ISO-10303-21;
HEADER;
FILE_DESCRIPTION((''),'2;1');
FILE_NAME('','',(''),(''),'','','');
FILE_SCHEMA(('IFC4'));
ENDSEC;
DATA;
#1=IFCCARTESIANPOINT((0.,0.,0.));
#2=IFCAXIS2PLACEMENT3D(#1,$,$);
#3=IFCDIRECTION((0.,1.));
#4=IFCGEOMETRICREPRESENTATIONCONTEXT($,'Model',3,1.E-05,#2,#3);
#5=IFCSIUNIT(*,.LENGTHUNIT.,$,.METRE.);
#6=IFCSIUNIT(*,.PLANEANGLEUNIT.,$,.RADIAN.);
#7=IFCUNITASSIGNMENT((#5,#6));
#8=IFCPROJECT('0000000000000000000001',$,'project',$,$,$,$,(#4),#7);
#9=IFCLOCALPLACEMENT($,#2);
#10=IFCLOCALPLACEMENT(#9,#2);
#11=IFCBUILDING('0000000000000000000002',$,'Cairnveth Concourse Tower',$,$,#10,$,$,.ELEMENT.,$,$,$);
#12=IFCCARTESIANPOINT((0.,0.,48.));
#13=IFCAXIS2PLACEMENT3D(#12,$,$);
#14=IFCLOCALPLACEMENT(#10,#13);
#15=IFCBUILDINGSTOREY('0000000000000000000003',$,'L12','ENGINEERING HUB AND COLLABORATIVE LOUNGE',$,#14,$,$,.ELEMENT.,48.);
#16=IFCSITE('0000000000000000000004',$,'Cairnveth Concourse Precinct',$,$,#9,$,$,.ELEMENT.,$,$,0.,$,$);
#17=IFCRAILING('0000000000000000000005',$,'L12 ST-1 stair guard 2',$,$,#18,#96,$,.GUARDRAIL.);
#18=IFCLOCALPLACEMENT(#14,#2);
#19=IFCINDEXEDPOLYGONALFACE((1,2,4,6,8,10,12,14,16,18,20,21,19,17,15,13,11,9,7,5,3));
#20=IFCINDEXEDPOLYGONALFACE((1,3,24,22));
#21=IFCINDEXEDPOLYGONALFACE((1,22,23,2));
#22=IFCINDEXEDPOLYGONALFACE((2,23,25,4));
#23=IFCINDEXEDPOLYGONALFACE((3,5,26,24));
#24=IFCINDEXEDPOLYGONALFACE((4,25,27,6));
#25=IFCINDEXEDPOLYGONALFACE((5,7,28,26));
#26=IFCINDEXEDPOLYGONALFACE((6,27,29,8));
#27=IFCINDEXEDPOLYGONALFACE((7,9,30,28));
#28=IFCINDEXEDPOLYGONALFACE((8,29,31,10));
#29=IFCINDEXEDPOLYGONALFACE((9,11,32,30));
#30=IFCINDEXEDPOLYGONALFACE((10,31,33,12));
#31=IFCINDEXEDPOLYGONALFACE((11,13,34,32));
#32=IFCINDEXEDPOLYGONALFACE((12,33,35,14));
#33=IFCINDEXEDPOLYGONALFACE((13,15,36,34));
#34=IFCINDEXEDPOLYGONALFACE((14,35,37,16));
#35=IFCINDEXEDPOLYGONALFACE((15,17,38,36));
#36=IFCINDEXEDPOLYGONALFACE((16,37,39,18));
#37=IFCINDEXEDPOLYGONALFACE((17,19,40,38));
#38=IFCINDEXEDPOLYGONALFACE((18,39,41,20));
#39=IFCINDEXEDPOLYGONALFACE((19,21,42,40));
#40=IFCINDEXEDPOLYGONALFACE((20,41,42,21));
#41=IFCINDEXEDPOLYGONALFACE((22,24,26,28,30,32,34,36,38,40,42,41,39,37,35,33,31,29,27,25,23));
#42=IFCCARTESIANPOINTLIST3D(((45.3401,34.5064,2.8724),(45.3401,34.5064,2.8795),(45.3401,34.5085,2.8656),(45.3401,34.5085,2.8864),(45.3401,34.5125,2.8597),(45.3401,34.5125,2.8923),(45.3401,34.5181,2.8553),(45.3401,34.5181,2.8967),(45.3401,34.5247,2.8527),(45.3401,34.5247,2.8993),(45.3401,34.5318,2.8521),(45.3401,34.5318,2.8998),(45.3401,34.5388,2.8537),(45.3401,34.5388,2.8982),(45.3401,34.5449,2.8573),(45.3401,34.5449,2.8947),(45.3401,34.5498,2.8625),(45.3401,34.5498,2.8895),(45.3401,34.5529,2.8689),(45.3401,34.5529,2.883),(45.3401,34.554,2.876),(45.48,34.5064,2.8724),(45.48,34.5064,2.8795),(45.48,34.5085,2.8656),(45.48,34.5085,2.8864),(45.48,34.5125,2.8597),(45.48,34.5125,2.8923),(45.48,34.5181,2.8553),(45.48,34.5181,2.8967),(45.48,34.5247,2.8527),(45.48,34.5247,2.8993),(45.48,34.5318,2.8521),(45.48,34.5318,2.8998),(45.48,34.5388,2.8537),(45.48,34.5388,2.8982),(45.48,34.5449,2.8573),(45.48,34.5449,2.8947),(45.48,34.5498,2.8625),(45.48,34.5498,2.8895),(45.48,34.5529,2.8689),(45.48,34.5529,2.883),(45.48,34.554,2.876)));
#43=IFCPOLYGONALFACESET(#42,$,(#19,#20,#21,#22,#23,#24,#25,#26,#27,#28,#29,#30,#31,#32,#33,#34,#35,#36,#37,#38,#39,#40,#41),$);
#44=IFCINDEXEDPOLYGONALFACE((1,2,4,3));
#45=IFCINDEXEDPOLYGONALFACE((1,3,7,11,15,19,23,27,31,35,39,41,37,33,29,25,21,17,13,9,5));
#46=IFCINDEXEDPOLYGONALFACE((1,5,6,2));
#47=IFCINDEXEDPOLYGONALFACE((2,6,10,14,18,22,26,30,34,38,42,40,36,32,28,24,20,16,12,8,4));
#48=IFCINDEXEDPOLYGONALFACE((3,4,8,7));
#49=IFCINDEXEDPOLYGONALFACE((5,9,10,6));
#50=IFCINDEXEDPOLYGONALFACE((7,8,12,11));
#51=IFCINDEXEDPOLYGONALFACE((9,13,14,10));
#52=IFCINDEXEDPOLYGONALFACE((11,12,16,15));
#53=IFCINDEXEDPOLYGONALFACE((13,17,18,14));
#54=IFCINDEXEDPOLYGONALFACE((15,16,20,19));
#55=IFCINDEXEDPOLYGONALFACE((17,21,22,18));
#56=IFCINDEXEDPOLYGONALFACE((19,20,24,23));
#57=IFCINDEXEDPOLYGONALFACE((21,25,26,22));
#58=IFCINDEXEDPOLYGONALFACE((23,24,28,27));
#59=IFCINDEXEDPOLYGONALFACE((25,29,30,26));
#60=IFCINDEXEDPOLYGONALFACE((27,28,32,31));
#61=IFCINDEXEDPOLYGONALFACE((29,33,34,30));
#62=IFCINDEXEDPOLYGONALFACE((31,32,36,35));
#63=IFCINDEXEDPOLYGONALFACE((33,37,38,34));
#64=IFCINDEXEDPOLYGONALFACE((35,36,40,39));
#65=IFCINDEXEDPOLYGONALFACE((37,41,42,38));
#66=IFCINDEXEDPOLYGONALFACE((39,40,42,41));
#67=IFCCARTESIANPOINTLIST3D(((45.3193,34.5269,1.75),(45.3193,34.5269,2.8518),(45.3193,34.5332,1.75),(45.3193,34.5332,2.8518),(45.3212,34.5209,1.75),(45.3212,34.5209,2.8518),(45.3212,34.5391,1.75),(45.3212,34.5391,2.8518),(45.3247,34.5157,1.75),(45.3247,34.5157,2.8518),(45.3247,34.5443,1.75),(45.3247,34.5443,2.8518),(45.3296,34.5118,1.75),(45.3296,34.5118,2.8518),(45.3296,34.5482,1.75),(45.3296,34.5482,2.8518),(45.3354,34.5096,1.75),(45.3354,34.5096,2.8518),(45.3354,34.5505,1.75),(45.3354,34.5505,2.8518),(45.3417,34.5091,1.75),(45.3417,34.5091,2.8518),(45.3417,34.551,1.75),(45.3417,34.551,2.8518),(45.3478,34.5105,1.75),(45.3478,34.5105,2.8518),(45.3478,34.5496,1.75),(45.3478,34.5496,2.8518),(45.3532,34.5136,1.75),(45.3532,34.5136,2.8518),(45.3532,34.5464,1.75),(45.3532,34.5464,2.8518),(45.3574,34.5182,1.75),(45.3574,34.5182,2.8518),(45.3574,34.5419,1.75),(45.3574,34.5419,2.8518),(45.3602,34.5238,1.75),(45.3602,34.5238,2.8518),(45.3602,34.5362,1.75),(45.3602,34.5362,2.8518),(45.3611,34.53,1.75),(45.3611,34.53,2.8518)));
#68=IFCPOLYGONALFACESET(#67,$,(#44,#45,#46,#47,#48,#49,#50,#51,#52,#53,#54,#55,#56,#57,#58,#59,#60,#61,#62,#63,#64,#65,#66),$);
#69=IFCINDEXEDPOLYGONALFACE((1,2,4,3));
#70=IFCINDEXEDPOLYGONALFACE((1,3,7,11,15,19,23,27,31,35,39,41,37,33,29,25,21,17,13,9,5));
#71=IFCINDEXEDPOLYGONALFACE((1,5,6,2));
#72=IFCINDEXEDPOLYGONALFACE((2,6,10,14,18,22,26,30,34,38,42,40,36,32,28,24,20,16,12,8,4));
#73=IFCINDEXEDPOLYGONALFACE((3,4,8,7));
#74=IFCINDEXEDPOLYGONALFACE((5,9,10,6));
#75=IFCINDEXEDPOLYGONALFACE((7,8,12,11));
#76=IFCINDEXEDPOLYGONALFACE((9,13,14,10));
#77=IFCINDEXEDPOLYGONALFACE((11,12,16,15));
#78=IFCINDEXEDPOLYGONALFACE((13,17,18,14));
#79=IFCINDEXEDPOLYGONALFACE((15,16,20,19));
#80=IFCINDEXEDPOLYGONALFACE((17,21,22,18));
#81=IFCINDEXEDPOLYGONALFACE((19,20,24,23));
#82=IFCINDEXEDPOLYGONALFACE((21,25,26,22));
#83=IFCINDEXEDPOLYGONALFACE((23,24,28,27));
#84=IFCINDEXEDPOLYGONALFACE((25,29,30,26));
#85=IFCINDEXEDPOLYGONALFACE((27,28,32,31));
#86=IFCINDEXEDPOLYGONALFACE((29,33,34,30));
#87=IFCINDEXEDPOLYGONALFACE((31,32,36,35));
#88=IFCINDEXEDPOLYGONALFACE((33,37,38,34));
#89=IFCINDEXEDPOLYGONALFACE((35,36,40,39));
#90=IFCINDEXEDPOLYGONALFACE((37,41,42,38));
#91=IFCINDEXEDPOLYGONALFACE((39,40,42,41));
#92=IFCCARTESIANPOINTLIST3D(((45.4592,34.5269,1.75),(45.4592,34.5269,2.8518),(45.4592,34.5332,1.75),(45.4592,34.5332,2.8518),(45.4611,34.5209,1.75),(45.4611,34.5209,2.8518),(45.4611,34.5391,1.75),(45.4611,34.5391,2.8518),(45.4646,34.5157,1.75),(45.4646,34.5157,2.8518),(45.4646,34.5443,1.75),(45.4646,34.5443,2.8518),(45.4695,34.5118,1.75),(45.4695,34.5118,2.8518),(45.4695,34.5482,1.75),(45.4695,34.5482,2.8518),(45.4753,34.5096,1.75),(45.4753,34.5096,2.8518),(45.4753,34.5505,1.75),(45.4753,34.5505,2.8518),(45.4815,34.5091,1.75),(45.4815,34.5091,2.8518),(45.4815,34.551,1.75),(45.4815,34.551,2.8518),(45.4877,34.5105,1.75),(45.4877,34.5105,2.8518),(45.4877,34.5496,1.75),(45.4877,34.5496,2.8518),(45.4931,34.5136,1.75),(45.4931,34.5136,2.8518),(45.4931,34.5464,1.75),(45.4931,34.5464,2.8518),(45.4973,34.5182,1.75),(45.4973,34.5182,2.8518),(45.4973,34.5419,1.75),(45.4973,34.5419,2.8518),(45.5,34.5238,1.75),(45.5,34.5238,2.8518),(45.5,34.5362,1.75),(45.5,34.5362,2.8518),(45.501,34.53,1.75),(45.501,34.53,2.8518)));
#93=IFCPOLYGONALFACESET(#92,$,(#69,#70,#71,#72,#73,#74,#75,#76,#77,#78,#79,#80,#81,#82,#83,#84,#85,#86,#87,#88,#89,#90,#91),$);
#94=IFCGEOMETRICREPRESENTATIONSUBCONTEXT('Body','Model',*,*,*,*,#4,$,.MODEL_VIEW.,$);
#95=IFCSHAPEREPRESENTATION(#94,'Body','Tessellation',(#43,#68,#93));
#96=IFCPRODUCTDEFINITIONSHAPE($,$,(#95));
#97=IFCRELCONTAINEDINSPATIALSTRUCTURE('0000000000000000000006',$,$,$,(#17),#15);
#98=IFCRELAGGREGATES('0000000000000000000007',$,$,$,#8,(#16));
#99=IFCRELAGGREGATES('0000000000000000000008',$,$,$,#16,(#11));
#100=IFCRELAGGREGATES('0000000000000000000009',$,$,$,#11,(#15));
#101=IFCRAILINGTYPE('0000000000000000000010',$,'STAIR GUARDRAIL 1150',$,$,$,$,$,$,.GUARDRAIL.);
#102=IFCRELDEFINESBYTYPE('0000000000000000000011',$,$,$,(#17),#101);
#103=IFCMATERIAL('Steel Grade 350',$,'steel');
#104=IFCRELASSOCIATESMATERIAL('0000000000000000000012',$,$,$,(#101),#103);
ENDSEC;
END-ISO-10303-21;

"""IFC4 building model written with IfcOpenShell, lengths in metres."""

from ifc_helpers import new_model, si_unit, direction, frame, origin, origin_2d, place, context, subcontext, project, spatial, circle, extrude, material, type_object, element, save


model = new_model("IFC4")

# Units and contexts
model_context = context("Model", 3, precision=1e-05, world=origin(), true_north=direction((0.0, 1.0)))
body_context = subcontext(model_context, "Body", "Model", "MODEL_VIEW")
ifc_project = project(units=[si_unit("LENGTHUNIT", "METRE"), si_unit("PLANEANGLEUNIT", "RADIAN")], contexts=[model_context])

# Site, building, storey
site_placement = place(None, origin())
site = spatial("IfcSite", under=ifc_project, at=site_placement, Name="Cairnveth Concourse Precinct", CompositionType="ELEMENT", RefElevation=0.0)
building_placement = place(site_placement, origin())
building = spatial("IfcBuilding", under=site, at=building_placement, Name="Cairnveth Concourse Tower", CompositionType="ELEMENT")
storey_placement = place(building_placement, frame((0.0, 0.0, 48.0)))
storey = spatial("IfcBuildingStorey", under=building, at=storey_placement, Name="L12", Description="ENGINEERING HUB AND COLLABORATIVE LOUNGE", CompositionType="ELEMENT", Elevation=48.0)

# Railing
ifc_material_1 = material(Name="Steel Grade 350", Category="steel")
railing_type_1 = type_object("IfcRailingType", Name="STAIR GUARDRAIL 1150", PredefinedType="GUARDRAIL", material=ifc_material_1)
railing_1_placement = place(storey_placement, frame((45.3401, 34.53, 1.75)))
element("IfcRailing", 1, at=railing_1_placement, inside=storey, type_object=railing_type_1, Name="L12 ST-1 stair guard 2", PredefinedType="GUARDRAIL", context=body_context, shape_type="SweptSolid", body=[
    extrude(circle(Radius=0.0239, at=origin_2d()), frame((0.0, 0.0, 1.126), z_axis=(1.0, 0.0, 0.0), x_axis=(0.0, 1.0, 0.0)), (0.0, 0.0, 1.0), 0.1399),
    extrude(circle(Radius=0.021, at=origin_2d()), origin(), (0.0, 0.0, 1.0), 1.1018),
    extrude(circle(Radius=0.021, at=origin_2d()), frame((0.1399, 0.0, 0.0)), (0.0, 0.0, 1.0), 1.1018),
])

save(model, "model.ifc")
